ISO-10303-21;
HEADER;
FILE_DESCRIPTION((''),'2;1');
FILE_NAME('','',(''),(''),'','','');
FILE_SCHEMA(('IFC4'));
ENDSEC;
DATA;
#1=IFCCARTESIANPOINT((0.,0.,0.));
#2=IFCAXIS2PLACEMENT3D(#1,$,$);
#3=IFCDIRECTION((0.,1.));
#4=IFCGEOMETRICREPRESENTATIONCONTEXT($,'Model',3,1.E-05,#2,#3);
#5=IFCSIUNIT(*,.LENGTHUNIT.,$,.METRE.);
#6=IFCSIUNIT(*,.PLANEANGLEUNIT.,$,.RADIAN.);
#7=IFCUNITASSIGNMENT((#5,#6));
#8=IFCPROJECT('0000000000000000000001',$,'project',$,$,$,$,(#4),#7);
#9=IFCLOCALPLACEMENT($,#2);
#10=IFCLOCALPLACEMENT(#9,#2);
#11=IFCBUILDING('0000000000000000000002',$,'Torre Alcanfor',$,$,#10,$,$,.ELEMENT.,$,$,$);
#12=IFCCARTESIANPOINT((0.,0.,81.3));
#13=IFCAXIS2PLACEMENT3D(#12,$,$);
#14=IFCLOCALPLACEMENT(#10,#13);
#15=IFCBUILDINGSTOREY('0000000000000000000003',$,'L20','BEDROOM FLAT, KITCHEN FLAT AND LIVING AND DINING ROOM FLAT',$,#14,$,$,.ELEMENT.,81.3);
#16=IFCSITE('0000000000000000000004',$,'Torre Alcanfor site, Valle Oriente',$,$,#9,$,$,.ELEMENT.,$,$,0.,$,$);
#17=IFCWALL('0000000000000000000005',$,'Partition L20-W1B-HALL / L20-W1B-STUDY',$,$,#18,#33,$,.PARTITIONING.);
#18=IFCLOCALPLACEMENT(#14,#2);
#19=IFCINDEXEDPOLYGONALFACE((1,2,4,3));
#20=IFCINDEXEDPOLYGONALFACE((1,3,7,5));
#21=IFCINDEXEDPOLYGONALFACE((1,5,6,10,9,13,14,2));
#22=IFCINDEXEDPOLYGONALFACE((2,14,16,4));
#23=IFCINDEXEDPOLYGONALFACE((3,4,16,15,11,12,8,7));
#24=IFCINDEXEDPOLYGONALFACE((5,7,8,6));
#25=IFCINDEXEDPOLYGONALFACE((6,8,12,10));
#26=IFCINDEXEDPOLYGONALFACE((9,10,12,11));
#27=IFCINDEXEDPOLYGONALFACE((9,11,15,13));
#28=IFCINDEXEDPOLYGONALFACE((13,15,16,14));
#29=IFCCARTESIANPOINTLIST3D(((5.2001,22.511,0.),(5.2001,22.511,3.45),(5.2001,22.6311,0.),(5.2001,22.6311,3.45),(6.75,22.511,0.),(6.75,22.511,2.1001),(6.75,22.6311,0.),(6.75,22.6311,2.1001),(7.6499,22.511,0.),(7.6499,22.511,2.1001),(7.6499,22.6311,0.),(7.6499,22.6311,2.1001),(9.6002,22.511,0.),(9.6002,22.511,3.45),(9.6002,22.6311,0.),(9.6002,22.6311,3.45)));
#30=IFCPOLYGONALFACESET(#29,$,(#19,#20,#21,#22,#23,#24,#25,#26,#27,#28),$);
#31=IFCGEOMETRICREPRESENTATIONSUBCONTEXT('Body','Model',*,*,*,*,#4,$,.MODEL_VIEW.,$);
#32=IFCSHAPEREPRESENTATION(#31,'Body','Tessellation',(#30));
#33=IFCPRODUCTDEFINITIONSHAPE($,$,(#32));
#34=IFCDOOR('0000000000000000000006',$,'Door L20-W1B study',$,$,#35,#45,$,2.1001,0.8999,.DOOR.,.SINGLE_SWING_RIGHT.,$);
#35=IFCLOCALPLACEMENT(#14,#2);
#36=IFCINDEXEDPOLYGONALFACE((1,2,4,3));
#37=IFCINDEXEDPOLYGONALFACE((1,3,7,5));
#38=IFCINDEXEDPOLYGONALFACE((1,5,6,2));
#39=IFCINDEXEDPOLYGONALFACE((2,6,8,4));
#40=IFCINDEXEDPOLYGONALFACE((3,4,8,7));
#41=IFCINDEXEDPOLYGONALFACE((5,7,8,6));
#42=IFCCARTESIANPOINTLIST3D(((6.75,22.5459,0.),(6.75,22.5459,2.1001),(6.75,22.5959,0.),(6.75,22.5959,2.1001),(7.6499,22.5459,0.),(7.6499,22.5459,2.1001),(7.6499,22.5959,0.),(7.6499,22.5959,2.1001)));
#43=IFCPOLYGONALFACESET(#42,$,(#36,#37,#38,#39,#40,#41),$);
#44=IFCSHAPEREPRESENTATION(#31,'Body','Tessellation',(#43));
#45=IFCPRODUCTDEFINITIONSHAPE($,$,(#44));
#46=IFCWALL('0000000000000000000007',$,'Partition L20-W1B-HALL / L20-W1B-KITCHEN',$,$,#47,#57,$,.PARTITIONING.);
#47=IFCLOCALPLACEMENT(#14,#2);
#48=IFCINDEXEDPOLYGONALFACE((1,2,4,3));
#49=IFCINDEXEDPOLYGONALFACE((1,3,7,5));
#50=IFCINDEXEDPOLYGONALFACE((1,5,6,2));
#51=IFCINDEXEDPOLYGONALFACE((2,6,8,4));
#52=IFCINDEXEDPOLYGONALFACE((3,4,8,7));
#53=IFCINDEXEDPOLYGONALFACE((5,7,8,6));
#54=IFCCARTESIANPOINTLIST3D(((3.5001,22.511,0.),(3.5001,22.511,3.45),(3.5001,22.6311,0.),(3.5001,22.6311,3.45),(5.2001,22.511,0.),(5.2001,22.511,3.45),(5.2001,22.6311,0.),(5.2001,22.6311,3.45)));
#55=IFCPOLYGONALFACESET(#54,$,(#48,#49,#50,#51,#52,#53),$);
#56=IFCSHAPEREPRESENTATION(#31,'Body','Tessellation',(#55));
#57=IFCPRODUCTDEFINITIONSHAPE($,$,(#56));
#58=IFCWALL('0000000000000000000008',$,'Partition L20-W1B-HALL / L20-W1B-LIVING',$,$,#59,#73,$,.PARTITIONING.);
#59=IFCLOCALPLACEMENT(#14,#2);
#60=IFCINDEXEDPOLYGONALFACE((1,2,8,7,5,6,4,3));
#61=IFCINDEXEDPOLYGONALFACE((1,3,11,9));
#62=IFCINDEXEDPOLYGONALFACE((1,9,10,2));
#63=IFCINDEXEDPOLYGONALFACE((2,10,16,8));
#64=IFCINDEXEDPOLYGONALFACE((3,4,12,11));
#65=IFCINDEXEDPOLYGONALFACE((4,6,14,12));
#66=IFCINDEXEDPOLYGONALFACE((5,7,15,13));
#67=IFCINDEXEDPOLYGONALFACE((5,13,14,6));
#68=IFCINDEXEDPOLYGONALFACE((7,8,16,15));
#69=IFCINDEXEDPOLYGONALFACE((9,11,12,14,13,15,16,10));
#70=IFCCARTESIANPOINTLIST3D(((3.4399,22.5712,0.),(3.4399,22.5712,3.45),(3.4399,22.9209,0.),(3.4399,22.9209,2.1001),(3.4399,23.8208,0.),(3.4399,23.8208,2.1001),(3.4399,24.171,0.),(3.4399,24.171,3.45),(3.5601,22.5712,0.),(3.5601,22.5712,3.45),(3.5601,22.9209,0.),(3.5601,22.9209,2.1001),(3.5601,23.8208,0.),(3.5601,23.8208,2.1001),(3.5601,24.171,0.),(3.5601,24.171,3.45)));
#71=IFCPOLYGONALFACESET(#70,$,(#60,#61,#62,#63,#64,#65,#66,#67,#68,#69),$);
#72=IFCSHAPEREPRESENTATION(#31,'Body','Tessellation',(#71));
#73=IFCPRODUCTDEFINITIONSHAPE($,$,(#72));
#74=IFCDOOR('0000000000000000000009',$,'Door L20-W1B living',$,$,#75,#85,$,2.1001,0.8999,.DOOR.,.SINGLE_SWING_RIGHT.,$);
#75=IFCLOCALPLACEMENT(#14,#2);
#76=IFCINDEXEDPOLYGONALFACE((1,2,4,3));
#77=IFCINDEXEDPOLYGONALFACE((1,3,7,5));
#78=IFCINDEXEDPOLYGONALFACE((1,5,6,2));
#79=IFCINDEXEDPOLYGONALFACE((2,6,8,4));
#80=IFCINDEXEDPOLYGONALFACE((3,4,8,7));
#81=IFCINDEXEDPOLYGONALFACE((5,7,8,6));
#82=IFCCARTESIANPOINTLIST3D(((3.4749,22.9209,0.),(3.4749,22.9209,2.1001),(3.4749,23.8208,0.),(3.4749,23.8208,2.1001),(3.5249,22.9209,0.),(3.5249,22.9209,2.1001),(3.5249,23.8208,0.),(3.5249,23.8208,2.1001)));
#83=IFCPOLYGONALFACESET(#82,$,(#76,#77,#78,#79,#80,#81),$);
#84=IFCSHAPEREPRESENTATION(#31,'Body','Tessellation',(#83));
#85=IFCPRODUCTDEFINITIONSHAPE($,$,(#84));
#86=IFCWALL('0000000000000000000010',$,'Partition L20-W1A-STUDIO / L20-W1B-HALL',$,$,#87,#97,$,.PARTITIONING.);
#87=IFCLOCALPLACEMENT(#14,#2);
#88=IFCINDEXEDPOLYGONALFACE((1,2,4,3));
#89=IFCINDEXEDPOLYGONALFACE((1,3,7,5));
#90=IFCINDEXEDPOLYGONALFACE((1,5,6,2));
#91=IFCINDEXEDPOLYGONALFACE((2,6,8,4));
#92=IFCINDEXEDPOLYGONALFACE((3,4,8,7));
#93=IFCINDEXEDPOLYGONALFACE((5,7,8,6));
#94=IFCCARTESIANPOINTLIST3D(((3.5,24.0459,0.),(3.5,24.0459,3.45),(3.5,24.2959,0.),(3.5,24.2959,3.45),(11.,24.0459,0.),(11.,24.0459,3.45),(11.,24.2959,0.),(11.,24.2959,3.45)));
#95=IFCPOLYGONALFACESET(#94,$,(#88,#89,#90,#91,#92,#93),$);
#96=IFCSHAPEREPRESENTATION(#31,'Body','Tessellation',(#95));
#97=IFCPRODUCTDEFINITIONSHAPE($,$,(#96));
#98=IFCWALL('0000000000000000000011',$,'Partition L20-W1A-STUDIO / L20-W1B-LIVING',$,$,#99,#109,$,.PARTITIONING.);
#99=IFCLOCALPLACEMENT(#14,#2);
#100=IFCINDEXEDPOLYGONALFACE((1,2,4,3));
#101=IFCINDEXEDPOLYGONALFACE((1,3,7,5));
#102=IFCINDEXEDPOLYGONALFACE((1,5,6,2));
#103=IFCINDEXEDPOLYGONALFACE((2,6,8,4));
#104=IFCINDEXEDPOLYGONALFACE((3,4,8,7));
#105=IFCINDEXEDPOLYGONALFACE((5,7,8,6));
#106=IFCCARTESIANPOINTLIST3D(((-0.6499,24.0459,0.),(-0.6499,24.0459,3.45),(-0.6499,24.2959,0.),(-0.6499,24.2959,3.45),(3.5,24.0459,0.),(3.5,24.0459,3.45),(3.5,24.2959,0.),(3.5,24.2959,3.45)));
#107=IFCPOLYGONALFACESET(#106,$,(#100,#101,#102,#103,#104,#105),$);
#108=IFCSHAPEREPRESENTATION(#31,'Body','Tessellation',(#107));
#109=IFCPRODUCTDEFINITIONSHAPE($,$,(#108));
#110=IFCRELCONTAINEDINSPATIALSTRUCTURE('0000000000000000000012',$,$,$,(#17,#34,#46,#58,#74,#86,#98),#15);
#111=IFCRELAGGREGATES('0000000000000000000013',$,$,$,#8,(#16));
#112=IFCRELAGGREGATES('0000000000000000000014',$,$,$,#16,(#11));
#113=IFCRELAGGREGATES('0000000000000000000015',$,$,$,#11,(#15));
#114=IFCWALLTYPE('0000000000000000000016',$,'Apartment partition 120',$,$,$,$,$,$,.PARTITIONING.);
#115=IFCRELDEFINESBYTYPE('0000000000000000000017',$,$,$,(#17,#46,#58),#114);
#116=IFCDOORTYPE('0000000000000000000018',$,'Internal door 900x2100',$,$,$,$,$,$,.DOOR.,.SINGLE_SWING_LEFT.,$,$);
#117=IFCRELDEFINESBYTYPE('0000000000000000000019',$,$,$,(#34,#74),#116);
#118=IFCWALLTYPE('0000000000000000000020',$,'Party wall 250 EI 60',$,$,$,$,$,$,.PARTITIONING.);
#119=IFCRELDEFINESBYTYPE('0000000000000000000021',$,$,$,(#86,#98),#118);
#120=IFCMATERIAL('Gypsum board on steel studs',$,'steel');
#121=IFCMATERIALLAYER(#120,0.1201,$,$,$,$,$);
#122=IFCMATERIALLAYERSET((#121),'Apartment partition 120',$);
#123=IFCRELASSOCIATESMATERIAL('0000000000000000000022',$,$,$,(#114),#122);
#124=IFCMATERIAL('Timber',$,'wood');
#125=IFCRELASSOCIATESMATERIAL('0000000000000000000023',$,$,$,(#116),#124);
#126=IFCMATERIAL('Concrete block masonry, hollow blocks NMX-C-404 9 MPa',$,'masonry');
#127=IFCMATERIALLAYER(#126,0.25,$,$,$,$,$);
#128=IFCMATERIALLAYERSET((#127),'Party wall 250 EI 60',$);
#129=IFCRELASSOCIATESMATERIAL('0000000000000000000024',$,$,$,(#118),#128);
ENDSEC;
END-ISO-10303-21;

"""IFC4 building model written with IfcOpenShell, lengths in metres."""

from ifc_helpers import new_model, si_unit, direction, frame, frame_2d, origin, place, context, subcontext, project, spatial, rectangle, extrude, material, layer, layer_set, type_object, element, fill, save


model = new_model("IFC4")

# Units and contexts
model_context = context("Model", 3, precision=1e-05, world=origin(), true_north=direction((0.0, 1.0)))
body_context = subcontext(model_context, "Body", "Model", "MODEL_VIEW")
ifc_project = project(units=[si_unit("LENGTHUNIT", "METRE"), si_unit("PLANEANGLEUNIT", "RADIAN")], contexts=[model_context])

# Site, building, storey
site_placement = place(None, origin())
site = spatial("IfcSite", under=ifc_project, at=site_placement, Name="Torre Alcanfor site, Valle Oriente", CompositionType="ELEMENT", RefElevation=0.0)
building_placement = place(site_placement, origin())
building = spatial("IfcBuilding", under=site, at=building_placement, Name="Torre Alcanfor", CompositionType="ELEMENT")
storey_placement = place(building_placement, frame((0.0, 0.0, 81.3)))
storey = spatial("IfcBuildingStorey", under=building, at=storey_placement, Name="L20", Description="BEDROOM FLAT, KITCHEN FLAT AND LIVING AND DINING ROOM FLAT", CompositionType="ELEMENT", Elevation=81.3)

# Wall, opening, door
ifc_material_1 = material(Name="Gypsum board on steel studs", Category="steel")
ifc_layer_1 = layer(ifc_material_1, 0.1201)
ifc_layer_set_1 = layer_set([ifc_layer_1], Name="Apartment partition 120")
wall_type_1 = type_object("IfcWallType", Name="Apartment partition 120", PredefinedType="PARTITIONING", material=ifc_layer_set_1)
wall_1_placement = place(storey_placement, frame((5.2, 22.571, 0.0), z_axis=(0.0, 0.0, 1.0), x_axis=(1.0, 0.0, 0.0)))
wall_1 = element("IfcWall", 1, at=wall_1_placement, inside=storey, type_object=wall_type_1, Name="Partition L20-W1B-HALL / L20-W1B-STUDY", PredefinedType="PARTITIONING", context=body_context, shape_type="SweptSolid", body=[
    extrude(rectangle(XDim=4.4001, YDim=0.1201, at=frame_2d((2.2002, 0.0))), origin(), (0.0, 0.0, 1.0), 3.45),
])
opening_1_placement = place(wall_1_placement, frame((1.55, 0.0, 0.0)))
opening_1 = element("IfcOpeningElement", 2, at=opening_1_placement, cuts=wall_1, PredefinedType="OPENING", context=body_context, shape_type="SweptSolid", body=[
    extrude(rectangle(XDim=0.8999, YDim=2.1001, at=frame_2d((0.45, 1.05))), frame((0.0, 0.0701, 0.0), z_axis=(0.0, -1.0, 0.0), x_axis=(1.0, 0.0, 0.0)), (0.0, 0.0, 1.0), 0.1401),
])
ifc_material_2 = material(Name="Timber", Category="wood")
door_type = type_object("IfcDoorType", Name="Internal door 900x2100", OperationType="SINGLE_SWING_LEFT", PredefinedType="DOOR", material=ifc_material_2)
door_1_placement = place(opening_1_placement, frame((0.8999, 0.0, 0.0), z_axis=(0.0, 0.0, 1.0), x_axis=(-1.0, 0.0, 0.0)))
door_1 = element("IfcDoor", 3, at=door_1_placement, inside=storey, type_object=door_type, Name="Door L20-W1B study", OperationType="SINGLE_SWING_RIGHT", OverallHeight=2.1001, OverallWidth=0.8999, PredefinedType="DOOR", context=body_context, shape_type="SweptSolid", body=[
    extrude(rectangle(XDim=0.8999, YDim=2.1001, at=frame_2d((0.45, 1.05))), frame((0.0, 0.0251, 0.0), z_axis=(0.0, -1.0, 0.0), x_axis=(1.0, 0.0, 0.0)), (0.0, 0.0, 1.0), 0.05),
])
fill(opening_1, door_1)

# Wall
wall_2_placement = place(storey_placement, frame((3.5, 22.571, 0.0), z_axis=(0.0, 0.0, 1.0), x_axis=(1.0, 0.0, 0.0)))
element("IfcWall", 4, at=wall_2_placement, inside=storey, type_object=wall_type_1, Name="Partition L20-W1B-HALL / L20-W1B-KITCHEN", PredefinedType="PARTITIONING", context=body_context, shape_type="SweptSolid", body=[
    extrude(rectangle(XDim=1.7, YDim=0.1201, at=frame_2d((0.8501, 0.0))), origin(), (0.0, 0.0, 1.0), 3.45),
])

# Wall, opening, door
wall_3_placement = place(storey_placement, frame((3.5, 24.1709, 0.0), z_axis=(0.0, 0.0, 1.0), x_axis=(0.0, -1.0, 0.0)))
wall_3 = element("IfcWall", 5, at=wall_3_placement, inside=storey, type_object=wall_type_1, Name="Partition L20-W1B-HALL / L20-W1B-LIVING", PredefinedType="PARTITIONING", context=body_context, shape_type="SweptSolid", body=[
    extrude(rectangle(XDim=1.5999, YDim=0.1201, at=frame_2d((0.7998, 0.0))), origin(), (0.0, 0.0, 1.0), 3.45),
])
opening_2_placement = place(wall_3_placement, frame((0.3501, 0.0, 0.0)))
opening_2 = element("IfcOpeningElement", 6, at=opening_2_placement, cuts=wall_3, PredefinedType="OPENING", context=body_context, shape_type="SweptSolid", body=[
    extrude(rectangle(XDim=0.8999, YDim=2.1001, at=frame_2d((0.45, 1.05))), frame((0.0, 0.0701, 0.0), z_axis=(0.0, -1.0, 0.0), x_axis=(1.0, 0.0, 0.0)), (0.0, 0.0, 1.0), 0.1401),
])
door_2_placement = place(opening_2_placement, frame((0.8999, 0.0, 0.0), z_axis=(0.0, 0.0, 1.0), x_axis=(-1.0, 0.0, 0.0)))
door_2 = element("IfcDoor", 7, at=door_2_placement, inside=storey, type_object=door_type, Name="Door L20-W1B living", OperationType="SINGLE_SWING_RIGHT", OverallHeight=2.1001, OverallWidth=0.8999, PredefinedType="DOOR", context=body_context, shape_type="SweptSolid", body=[
    extrude(rectangle(XDim=0.8999, YDim=2.1001, at=frame_2d((0.45, 1.05))), frame((0.0, 0.0251, 0.0), z_axis=(0.0, -1.0, 0.0), x_axis=(1.0, 0.0, 0.0)), (0.0, 0.0, 1.0), 0.05),
])
fill(opening_2, door_2)

# Walls
ifc_material_3 = material(Name="Concrete block masonry, hollow blocks NMX-C-404 9 MPa", Category="masonry")
ifc_layer_2 = layer(ifc_material_3, 0.25)
ifc_layer_set_2 = layer_set([ifc_layer_2], Name="Party wall 250 EI 60")
wall_type_2 = type_object("IfcWallType", Name="Party wall 250 EI 60", PredefinedType="PARTITIONING", material=ifc_layer_set_2)
wall_4_placement = place(storey_placement, frame((3.5, 24.1709, 0.0), z_axis=(0.0, 0.0, 1.0), x_axis=(1.0, 0.0, 0.0)))
element("IfcWall", 8, at=wall_4_placement, inside=storey, type_object=wall_type_2, Name="Partition L20-W1A-STUDIO / L20-W1B-HALL", PredefinedType="PARTITIONING", context=body_context, shape_type="SweptSolid", body=[
    extrude(rectangle(XDim=7.5, YDim=0.25, at=frame_2d((3.75, 0.0))), origin(), (0.0, 0.0, 1.0), 3.45),
])
wall_5_placement = place(storey_placement, frame((-0.6499, 24.1709, 0.0), z_axis=(0.0, 0.0, 1.0), x_axis=(1.0, 0.0, 0.0)))
element("IfcWall", 9, at=wall_5_placement, inside=storey, type_object=wall_type_2, Name="Partition L20-W1A-STUDIO / L20-W1B-LIVING", PredefinedType="PARTITIONING", context=body_context, shape_type="SweptSolid", body=[
    extrude(rectangle(XDim=4.1499, YDim=0.25, at=frame_2d((2.075, 0.0))), origin(), (0.0, 0.0, 1.0), 3.45),
])

save(model, "model.ifc")
